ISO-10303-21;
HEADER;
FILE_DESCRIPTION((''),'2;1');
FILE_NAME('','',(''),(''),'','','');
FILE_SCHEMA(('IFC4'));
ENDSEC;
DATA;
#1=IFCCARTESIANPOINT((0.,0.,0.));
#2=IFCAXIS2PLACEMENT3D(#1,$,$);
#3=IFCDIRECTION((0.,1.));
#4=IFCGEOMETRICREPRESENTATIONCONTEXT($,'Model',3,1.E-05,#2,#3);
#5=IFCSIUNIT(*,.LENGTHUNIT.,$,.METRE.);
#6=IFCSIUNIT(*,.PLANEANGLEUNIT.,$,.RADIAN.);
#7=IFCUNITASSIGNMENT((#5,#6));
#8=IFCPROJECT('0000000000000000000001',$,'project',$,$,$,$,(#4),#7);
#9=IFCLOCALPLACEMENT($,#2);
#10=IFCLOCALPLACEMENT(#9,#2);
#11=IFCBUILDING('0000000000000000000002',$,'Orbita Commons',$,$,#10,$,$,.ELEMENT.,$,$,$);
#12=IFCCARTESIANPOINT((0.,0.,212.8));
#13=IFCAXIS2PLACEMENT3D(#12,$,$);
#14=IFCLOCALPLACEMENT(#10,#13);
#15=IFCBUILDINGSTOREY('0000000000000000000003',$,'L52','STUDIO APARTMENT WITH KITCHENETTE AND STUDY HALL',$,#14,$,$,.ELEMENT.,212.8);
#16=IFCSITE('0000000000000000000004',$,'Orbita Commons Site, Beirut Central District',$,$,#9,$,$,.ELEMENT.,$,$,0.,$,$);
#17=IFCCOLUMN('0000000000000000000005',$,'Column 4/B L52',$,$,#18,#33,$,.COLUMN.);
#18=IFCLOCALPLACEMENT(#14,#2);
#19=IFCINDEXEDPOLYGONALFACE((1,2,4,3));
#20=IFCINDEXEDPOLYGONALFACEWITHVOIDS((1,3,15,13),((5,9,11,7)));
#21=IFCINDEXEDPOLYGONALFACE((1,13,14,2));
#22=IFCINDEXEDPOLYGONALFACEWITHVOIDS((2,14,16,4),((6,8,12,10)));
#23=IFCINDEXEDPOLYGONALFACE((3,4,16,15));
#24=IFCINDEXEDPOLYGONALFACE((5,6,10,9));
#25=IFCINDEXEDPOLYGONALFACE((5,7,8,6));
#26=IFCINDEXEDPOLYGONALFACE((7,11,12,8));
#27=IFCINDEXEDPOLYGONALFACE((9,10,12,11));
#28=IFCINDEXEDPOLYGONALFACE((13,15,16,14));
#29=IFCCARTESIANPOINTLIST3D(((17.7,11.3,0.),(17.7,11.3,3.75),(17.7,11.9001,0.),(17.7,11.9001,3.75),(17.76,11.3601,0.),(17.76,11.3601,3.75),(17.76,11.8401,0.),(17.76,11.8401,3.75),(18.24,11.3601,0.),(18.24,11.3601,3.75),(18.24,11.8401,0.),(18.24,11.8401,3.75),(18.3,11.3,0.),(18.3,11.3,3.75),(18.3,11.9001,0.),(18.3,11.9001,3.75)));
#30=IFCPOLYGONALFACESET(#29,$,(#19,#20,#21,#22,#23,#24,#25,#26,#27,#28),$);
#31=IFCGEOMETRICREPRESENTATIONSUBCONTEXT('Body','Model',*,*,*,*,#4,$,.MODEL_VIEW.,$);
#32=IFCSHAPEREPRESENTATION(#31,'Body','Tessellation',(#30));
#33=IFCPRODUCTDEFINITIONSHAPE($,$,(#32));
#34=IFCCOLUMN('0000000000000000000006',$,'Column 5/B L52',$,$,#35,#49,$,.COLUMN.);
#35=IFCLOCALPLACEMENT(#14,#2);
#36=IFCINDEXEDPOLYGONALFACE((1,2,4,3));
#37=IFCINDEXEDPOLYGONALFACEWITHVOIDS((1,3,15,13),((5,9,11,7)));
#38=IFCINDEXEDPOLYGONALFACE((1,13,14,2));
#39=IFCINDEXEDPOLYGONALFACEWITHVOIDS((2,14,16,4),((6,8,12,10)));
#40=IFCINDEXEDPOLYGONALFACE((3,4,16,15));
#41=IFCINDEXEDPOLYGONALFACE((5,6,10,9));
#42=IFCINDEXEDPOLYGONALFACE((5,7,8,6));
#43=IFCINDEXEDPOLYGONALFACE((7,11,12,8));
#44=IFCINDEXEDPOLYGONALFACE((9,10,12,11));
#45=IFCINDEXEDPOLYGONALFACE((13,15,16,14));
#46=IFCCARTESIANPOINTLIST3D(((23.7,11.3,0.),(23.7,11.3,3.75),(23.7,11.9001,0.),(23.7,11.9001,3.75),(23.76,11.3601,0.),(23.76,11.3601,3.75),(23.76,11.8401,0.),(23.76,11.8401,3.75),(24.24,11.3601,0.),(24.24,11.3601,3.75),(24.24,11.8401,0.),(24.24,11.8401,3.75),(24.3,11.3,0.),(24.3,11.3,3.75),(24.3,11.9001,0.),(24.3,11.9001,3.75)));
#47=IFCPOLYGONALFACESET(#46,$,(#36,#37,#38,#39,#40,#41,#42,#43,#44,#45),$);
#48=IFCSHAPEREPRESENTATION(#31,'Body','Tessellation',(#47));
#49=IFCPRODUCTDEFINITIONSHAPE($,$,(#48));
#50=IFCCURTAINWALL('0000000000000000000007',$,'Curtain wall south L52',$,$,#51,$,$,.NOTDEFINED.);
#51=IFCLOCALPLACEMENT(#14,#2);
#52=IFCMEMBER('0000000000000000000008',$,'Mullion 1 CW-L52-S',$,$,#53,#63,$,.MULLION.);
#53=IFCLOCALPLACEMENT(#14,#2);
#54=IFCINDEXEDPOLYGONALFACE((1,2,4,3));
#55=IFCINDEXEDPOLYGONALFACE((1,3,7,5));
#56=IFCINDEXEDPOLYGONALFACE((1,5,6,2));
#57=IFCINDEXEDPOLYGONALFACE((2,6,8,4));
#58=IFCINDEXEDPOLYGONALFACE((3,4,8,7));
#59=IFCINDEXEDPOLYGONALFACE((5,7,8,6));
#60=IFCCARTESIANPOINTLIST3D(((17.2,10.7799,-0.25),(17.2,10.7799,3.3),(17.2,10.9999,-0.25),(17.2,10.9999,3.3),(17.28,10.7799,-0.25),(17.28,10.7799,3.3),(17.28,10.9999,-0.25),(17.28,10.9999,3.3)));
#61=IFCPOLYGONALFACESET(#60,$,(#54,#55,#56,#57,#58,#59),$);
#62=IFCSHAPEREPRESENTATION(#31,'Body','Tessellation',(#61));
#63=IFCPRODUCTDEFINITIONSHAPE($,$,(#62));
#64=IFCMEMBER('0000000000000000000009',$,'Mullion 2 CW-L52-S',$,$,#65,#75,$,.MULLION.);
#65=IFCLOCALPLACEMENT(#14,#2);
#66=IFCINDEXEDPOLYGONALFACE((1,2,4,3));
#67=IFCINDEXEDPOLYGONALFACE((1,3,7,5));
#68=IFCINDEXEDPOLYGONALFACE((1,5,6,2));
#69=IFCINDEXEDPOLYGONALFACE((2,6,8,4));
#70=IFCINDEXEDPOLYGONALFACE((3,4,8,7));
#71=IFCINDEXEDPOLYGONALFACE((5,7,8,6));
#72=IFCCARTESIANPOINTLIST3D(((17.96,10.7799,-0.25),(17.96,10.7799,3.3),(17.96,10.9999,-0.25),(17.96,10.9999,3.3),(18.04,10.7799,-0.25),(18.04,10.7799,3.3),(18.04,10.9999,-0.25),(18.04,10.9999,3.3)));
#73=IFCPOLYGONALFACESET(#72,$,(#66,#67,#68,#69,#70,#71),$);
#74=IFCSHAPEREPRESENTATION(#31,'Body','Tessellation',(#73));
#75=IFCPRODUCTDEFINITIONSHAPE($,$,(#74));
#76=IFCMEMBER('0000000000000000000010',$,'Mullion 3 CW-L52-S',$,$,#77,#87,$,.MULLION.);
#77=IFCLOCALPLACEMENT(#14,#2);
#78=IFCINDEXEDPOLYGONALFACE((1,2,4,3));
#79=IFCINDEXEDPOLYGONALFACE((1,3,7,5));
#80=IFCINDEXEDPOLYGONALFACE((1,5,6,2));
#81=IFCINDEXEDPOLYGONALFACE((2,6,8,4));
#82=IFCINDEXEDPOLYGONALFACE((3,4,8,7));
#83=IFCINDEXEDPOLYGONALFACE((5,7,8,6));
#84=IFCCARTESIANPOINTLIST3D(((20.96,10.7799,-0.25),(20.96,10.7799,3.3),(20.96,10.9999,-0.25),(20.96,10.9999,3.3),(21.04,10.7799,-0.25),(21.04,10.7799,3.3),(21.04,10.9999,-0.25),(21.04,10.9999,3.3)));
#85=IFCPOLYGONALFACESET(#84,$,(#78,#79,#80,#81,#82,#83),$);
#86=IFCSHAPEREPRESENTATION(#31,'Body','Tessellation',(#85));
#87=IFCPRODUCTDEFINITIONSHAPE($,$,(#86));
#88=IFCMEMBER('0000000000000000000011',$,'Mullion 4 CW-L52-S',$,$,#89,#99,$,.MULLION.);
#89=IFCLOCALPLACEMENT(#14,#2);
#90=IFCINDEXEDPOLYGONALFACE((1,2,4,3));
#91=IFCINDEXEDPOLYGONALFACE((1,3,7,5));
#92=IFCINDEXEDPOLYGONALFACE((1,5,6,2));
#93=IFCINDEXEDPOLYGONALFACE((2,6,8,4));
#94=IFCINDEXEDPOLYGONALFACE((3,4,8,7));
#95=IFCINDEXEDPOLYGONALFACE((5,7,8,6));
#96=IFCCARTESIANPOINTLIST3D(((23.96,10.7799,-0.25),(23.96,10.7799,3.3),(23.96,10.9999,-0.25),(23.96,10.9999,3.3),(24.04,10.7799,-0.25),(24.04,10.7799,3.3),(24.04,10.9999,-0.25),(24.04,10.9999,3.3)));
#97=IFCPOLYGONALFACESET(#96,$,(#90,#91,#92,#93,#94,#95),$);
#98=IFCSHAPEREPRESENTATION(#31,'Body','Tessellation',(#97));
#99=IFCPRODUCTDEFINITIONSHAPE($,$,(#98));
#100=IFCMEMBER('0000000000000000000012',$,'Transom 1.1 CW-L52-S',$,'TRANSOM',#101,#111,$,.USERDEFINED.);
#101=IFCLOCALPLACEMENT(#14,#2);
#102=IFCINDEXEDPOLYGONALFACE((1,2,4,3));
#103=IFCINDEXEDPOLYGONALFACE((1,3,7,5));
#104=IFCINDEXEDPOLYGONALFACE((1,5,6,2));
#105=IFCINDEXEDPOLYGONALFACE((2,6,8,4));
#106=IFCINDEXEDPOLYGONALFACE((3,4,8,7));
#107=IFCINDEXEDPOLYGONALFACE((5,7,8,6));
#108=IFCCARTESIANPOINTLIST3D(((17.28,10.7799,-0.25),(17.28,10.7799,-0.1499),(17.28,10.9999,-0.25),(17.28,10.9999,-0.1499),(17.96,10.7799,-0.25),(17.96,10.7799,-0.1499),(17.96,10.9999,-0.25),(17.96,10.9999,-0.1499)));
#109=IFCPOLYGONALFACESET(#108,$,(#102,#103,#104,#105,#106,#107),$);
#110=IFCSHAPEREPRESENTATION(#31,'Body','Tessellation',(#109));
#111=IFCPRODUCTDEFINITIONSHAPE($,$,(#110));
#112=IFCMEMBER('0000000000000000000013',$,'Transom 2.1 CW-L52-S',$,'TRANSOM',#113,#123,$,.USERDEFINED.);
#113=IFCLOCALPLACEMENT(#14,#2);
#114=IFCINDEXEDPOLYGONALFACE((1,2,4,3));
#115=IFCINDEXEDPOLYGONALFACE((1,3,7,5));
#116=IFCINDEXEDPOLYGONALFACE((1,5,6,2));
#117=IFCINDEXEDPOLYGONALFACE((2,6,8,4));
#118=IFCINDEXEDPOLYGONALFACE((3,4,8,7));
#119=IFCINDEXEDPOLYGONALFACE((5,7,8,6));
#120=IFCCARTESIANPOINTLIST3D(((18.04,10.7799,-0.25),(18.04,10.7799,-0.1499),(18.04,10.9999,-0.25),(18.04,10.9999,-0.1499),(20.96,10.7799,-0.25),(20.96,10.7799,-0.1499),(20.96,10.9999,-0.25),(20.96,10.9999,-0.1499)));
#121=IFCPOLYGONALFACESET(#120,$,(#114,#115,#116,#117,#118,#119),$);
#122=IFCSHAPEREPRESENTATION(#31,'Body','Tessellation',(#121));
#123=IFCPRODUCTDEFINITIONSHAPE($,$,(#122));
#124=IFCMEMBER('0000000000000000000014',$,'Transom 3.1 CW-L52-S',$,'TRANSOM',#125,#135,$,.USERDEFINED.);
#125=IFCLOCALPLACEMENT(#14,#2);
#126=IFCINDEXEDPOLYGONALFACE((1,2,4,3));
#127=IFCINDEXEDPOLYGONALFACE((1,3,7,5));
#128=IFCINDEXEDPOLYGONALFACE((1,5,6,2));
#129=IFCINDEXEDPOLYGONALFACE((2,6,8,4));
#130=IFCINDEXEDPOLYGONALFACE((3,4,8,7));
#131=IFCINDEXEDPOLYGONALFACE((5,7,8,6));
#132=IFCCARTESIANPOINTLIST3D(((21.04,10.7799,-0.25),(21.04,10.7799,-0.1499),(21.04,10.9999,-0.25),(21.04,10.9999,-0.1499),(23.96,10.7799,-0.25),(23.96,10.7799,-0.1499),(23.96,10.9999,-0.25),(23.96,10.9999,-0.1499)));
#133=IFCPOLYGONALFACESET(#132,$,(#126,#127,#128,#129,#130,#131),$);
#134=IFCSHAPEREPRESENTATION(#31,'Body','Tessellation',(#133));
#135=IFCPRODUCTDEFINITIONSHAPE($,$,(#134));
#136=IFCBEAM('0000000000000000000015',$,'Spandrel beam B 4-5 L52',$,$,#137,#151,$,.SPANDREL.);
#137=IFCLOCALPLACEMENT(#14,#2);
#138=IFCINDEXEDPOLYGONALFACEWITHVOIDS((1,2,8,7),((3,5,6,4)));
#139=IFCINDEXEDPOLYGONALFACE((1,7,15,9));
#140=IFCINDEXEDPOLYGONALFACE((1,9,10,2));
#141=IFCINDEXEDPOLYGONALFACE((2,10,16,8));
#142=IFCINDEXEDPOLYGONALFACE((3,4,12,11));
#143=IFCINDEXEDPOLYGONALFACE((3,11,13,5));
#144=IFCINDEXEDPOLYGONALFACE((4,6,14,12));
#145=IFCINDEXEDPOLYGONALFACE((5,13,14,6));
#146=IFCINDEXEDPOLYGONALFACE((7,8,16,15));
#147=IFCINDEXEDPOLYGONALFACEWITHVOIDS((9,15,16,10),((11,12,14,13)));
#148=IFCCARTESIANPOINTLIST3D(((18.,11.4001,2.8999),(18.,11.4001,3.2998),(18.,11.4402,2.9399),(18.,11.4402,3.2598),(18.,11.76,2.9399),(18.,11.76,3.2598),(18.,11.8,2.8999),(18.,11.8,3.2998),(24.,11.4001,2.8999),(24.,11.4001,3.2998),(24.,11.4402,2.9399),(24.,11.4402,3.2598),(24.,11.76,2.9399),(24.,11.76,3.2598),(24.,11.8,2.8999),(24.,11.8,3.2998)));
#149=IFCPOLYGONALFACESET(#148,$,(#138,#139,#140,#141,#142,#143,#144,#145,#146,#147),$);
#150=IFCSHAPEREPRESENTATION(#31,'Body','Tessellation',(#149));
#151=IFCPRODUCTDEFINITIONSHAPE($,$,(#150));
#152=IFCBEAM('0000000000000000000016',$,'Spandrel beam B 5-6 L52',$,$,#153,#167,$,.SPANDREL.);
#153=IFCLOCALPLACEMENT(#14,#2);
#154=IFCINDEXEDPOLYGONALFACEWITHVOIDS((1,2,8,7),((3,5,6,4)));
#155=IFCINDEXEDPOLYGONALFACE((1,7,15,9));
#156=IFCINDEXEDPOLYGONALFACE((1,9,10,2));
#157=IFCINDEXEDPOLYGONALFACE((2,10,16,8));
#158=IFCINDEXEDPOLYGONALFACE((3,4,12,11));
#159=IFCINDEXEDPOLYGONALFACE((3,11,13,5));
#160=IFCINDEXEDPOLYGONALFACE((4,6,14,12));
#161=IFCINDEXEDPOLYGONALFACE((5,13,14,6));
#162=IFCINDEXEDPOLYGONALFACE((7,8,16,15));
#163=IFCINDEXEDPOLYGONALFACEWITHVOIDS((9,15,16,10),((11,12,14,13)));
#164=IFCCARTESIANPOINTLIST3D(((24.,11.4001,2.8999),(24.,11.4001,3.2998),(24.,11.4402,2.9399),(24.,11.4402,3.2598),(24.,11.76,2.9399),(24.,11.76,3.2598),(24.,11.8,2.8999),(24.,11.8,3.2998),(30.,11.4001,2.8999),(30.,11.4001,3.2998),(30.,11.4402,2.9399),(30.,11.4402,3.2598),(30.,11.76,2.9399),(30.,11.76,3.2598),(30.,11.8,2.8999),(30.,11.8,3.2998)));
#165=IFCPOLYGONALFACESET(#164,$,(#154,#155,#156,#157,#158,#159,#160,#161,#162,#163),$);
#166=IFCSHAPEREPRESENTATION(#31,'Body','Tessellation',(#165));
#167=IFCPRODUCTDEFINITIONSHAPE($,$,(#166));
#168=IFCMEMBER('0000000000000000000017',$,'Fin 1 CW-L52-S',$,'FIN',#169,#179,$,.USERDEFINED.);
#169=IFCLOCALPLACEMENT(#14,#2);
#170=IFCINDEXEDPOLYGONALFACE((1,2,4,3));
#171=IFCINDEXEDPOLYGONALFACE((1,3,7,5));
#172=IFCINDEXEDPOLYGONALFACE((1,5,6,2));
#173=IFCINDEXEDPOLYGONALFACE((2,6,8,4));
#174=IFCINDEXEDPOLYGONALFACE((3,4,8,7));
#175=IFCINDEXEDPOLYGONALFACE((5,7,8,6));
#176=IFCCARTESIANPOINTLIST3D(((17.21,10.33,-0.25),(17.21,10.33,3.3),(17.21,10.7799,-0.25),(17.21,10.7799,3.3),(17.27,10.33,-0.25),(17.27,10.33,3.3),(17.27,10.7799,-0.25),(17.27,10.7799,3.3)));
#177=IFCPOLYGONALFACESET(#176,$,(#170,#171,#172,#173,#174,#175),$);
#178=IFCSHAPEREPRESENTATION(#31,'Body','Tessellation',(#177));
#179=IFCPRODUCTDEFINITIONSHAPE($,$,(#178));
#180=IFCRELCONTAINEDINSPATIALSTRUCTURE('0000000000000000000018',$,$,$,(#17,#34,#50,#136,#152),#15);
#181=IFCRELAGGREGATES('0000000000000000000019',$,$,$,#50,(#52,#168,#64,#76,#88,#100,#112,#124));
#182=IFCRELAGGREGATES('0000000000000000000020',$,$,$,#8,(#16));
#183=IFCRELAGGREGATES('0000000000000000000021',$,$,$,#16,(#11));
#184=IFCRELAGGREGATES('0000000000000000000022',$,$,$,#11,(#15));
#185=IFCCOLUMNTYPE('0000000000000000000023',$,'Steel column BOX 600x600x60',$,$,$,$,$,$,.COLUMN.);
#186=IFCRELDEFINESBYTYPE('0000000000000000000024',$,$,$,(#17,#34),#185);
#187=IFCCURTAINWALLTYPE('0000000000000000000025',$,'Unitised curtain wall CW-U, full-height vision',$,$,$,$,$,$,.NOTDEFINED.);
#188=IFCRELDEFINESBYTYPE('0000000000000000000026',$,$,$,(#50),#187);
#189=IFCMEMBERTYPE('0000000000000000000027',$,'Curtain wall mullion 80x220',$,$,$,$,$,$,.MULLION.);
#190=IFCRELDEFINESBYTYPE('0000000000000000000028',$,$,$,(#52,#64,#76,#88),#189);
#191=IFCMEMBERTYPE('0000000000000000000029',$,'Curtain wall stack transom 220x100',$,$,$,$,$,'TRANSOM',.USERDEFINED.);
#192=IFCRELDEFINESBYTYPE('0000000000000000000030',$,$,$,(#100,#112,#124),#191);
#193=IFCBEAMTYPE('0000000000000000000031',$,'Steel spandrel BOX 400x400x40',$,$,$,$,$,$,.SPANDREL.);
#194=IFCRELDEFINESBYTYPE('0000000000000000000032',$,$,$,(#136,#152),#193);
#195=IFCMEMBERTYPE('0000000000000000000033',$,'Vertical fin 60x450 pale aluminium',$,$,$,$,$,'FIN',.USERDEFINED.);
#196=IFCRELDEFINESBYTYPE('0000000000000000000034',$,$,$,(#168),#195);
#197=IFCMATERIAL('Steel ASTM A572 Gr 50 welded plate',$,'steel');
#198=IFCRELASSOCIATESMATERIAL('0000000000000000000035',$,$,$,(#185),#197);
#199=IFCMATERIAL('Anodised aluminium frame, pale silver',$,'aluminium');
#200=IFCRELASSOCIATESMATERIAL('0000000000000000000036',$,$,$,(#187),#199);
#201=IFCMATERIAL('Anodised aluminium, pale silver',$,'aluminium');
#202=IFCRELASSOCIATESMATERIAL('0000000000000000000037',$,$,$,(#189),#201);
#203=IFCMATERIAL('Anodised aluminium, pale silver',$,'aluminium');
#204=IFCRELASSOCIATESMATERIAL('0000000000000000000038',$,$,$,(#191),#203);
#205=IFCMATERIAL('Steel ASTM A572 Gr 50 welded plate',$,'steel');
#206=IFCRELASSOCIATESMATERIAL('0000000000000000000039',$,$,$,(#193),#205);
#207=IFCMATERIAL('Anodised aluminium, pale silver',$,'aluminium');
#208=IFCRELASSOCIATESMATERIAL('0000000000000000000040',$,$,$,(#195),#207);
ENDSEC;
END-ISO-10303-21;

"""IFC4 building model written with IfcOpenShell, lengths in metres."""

from ifc_helpers import new_model, si_unit, direction, frame, origin, origin_2d, place, context, subcontext, project, spatial, rectangle, hollow_rectangle, extrude, material, material_profile, profile_set, type_object, element, aggregate, save


model = new_model("IFC4")

# Units and contexts
model_context = context("Model", 3, precision=1e-05, world=origin(), true_north=direction((0.0, 1.0)))
body_context = subcontext(model_context, "Body", "Model", "MODEL_VIEW")
ifc_project = project(units=[si_unit("LENGTHUNIT", "METRE"), si_unit("PLANEANGLEUNIT", "RADIAN")], contexts=[model_context])

# Site, building, storey
site_placement = place(None, origin())
site = spatial("IfcSite", under=ifc_project, at=site_placement, Name="Orbita Commons Site, Beirut Central District", CompositionType="ELEMENT", RefElevation=0.0)
building_placement = place(site_placement, origin())
building = spatial("IfcBuilding", under=site, at=building_placement, Name="Orbita Commons", CompositionType="ELEMENT")
storey_placement = place(building_placement, frame((0.0, 0.0, 212.8)))
storey = spatial("IfcBuildingStorey", under=building, at=storey_placement, Name="L52", Description="STUDIO APARTMENT WITH KITCHENETTE AND STUDY HALL", CompositionType="ELEMENT", Elevation=212.8)

# Columns
ifc_material_1 = material(Name="Steel ASTM A572 Gr 50 welded plate", Category="steel")
ifc_material_profile_1 = material_profile(ifc_material_1, hollow_rectangle(XDim=0.6001, YDim=0.6001, WallThickness=0.0601, at=origin_2d()), Name="BOX 600x600x60")
ifc_profile_set_1 = profile_set([ifc_material_profile_1], Name="Steel ASTM A572 Gr 50 welded plate")
column_type = type_object("IfcColumnType", Name="Steel column BOX 600x600x60", PredefinedType="COLUMN", material=ifc_profile_set_1)
for number, where, z_axis, x_axis, name in (
    (1, (18.0, 11.6001, 0.0), (0.0, 0.0, 1.0), (1.0, 0.0, 0.0), "Column 4/B L52"),
    (2, (24.0, 11.6001, 0.0), (0.0, 0.0, 1.0), (1.0, 0.0, 0.0), "Column 5/B L52"),
):
    element("IfcColumn", number, at=place(storey_placement, frame(where, z_axis=z_axis, x_axis=x_axis)), inside=storey, type_object=column_type, Name=name, PredefinedType="COLUMN", context=body_context, shape_type="SweptSolid", body=[
        extrude(hollow_rectangle(XDim=0.6001, YDim=0.6001, WallThickness=0.0601, at=origin_2d()), origin(), (0.0, 0.0, 1.0), 3.75),
    ])

# Curtain wall, members
ifc_material_2 = material(Name="Anodised aluminium frame, pale silver", Category="aluminium")
curtain_wall_type = type_object("IfcCurtainWallType", Name="Unitised curtain wall CW-U, full-height vision", PredefinedType="NOTDEFINED", material=ifc_material_2)
curtain_wall_placement = place(storey_placement, origin())
curtain_wall = element("IfcCurtainWall", 3, at=curtain_wall_placement, inside=storey, type_object=curtain_wall_type, Name="Curtain wall south L52", PredefinedType="NOTDEFINED")
ifc_material_3 = material(Name="Anodised aluminium, pale silver", Category="aluminium")
ifc_material_profile_2 = material_profile(ifc_material_3, rectangle(XDim=0.0801, YDim=0.22, at=origin_2d()), Name="AL 80x220")
ifc_profile_set_2 = profile_set([ifc_material_profile_2], Name="Anodised aluminium, pale silver")
member_type_1 = type_object("IfcMemberType", Name="Curtain wall mullion 80x220", PredefinedType="MULLION", material=ifc_profile_set_2)
member_1_placement = place(storey_placement, frame((17.24, 10.8899, -0.25), z_axis=(0.0, 0.0, 1.0), x_axis=(1.0, 0.0, 0.0)))
member_1 = element("IfcMember", 4, at=member_1_placement, type_object=member_type_1, Name="Mullion 1 CW-L52-S", PredefinedType="MULLION", context=body_context, shape_type="SweptSolid", body=[
    extrude(rectangle(XDim=0.0801, YDim=0.22, at=origin_2d()), origin(), (0.0, 0.0, 1.0), 3.55),
])
member_2_placement = place(storey_placement, frame((18.0, 10.8899, -0.25), z_axis=(0.0, 0.0, 1.0), x_axis=(1.0, 0.0, 0.0)))
member_2 = element("IfcMember", 5, at=member_2_placement, type_object=member_type_1, Name="Mullion 2 CW-L52-S", PredefinedType="MULLION", context=body_context, shape_type="SweptSolid", body=[
    extrude(rectangle(XDim=0.0801, YDim=0.22, at=origin_2d()), origin(), (0.0, 0.0, 1.0), 3.55),
])
member_3_placement = place(storey_placement, frame((21.0, 10.8899, -0.25), z_axis=(0.0, 0.0, 1.0), x_axis=(1.0, 0.0, 0.0)))
member_3 = element("IfcMember", 6, at=member_3_placement, type_object=member_type_1, Name="Mullion 3 CW-L52-S", PredefinedType="MULLION", context=body_context, shape_type="SweptSolid", body=[
    extrude(rectangle(XDim=0.0801, YDim=0.22, at=origin_2d()), origin(), (0.0, 0.0, 1.0), 3.55),
])
member_4_placement = place(storey_placement, frame((24.0, 10.8899, -0.25), z_axis=(0.0, 0.0, 1.0), x_axis=(1.0, 0.0, 0.0)))
member_4 = element("IfcMember", 7, at=member_4_placement, type_object=member_type_1, Name="Mullion 4 CW-L52-S", PredefinedType="MULLION", context=body_context, shape_type="SweptSolid", body=[
    extrude(rectangle(XDim=0.0801, YDim=0.22, at=origin_2d()), origin(), (0.0, 0.0, 1.0), 3.55),
])
ifc_material_4 = material(Name="Anodised aluminium, pale silver", Category="aluminium")
ifc_material_profile_3 = material_profile(ifc_material_4, rectangle(XDim=0.22, YDim=0.1001, at=origin_2d()), Name="AL 220x100")
ifc_profile_set_3 = profile_set([ifc_material_profile_3], Name="Anodised aluminium, pale silver")
member_type_2 = type_object("IfcMemberType", Name="Curtain wall stack transom 220x100", ElementType="TRANSOM", PredefinedType="USERDEFINED", material=ifc_profile_set_3)
member_5_placement = place(storey_placement, frame((17.28, 10.8899, -0.2), z_axis=(1.0, 0.0, 0.0), x_axis=(0.0, 1.0, 0.0)))
member_5 = element("IfcMember", 8, at=member_5_placement, type_object=member_type_2, Name="Transom 1.1 CW-L52-S", ObjectType="TRANSOM", PredefinedType="USERDEFINED", context=body_context, shape_type="SweptSolid", body=[
    extrude(rectangle(XDim=0.22, YDim=0.1001, at=origin_2d()), origin(), (0.0, 0.0, 1.0), 0.6799),
])
member_6_placement = place(storey_placement, frame((18.04, 10.8899, -0.2), z_axis=(1.0, 0.0, 0.0), x_axis=(0.0, 1.0, 0.0)))
member_6 = element("IfcMember", 9, at=member_6_placement, type_object=member_type_2, Name="Transom 2.1 CW-L52-S", ObjectType="TRANSOM", PredefinedType="USERDEFINED", context=body_context, shape_type="SweptSolid", body=[
    extrude(rectangle(XDim=0.22, YDim=0.1001, at=origin_2d()), origin(), (0.0, 0.0, 1.0), 2.9199),
])
member_7_placement = place(storey_placement, frame((21.04, 10.8899, -0.2), z_axis=(1.0, 0.0, 0.0), x_axis=(0.0, 1.0, 0.0)))
member_7 = element("IfcMember", 10, at=member_7_placement, type_object=member_type_2, Name="Transom 3.1 CW-L52-S", ObjectType="TRANSOM", PredefinedType="USERDEFINED", context=body_context, shape_type="SweptSolid", body=[
    extrude(rectangle(XDim=0.22, YDim=0.1001, at=origin_2d()), origin(), (0.0, 0.0, 1.0), 2.9199),
])

# Beams
ifc_material_5 = material(Name="Steel ASTM A572 Gr 50 welded plate", Category="steel")
ifc_material_profile_4 = material_profile(ifc_material_5, hollow_rectangle(XDim=0.3999, YDim=0.3999, WallThickness=0.04, at=origin_2d()), Name="BOX 400x400x40")
ifc_profile_set_4 = profile_set([ifc_material_profile_4], Name="Steel ASTM A572 Gr 50 welded plate")
beam_type = type_object("IfcBeamType", Name="Steel spandrel BOX 400x400x40", PredefinedType="SPANDREL", material=ifc_profile_set_4)
for number, where, z_axis, x_axis, name in (
    (11, (18.0, 11.6001, 3.0999), (1.0, 0.0, 0.0), (0.0, 1.0, 0.0), "Spandrel beam B 4-5 L52"),
    (12, (24.0, 11.6001, 3.0999), (1.0, 0.0, 0.0), (0.0, 1.0, 0.0), "Spandrel beam B 5-6 L52"),
):
    element("IfcBeam", number, at=place(storey_placement, frame(where, z_axis=z_axis, x_axis=x_axis)), inside=storey, type_object=beam_type, Name=name, PredefinedType="SPANDREL", context=body_context, shape_type="SweptSolid", body=[
        extrude(hollow_rectangle(XDim=0.3999, YDim=0.3999, WallThickness=0.04, at=origin_2d()), origin(), (0.0, 0.0, 1.0), 6.0),
    ])

# Member
ifc_material_6 = material(Name="Anodised aluminium, pale silver", Category="aluminium")
ifc_material_profile_5 = material_profile(ifc_material_6, rectangle(XDim=0.0601, YDim=0.45, at=origin_2d()), Name="FIN 60x450")
ifc_profile_set_5 = profile_set([ifc_material_profile_5], Name="Anodised aluminium, pale silver")
member_type_3 = type_object("IfcMemberType", Name="Vertical fin 60x450 pale aluminium", ElementType="FIN", PredefinedType="USERDEFINED", material=ifc_profile_set_5)
member_8_placement = place(storey_placement, frame((17.24, 10.5549, -0.25), z_axis=(0.0, 0.0, 1.0), x_axis=(1.0, 0.0, 0.0)))
member_8 = element("IfcMember", 13, at=member_8_placement, type_object=member_type_3, Name="Fin 1 CW-L52-S", ObjectType="FIN", PredefinedType="USERDEFINED", context=body_context, shape_type="SweptSolid", body=[
    extrude(rectangle(XDim=0.0601, YDim=0.45, at=origin_2d()), origin(), (0.0, 0.0, 1.0), 3.55),
])

aggregate(curtain_wall, [member_1, member_8, member_2, member_3, member_4, member_5, member_6, member_7])

save(model, "model.ifc")
